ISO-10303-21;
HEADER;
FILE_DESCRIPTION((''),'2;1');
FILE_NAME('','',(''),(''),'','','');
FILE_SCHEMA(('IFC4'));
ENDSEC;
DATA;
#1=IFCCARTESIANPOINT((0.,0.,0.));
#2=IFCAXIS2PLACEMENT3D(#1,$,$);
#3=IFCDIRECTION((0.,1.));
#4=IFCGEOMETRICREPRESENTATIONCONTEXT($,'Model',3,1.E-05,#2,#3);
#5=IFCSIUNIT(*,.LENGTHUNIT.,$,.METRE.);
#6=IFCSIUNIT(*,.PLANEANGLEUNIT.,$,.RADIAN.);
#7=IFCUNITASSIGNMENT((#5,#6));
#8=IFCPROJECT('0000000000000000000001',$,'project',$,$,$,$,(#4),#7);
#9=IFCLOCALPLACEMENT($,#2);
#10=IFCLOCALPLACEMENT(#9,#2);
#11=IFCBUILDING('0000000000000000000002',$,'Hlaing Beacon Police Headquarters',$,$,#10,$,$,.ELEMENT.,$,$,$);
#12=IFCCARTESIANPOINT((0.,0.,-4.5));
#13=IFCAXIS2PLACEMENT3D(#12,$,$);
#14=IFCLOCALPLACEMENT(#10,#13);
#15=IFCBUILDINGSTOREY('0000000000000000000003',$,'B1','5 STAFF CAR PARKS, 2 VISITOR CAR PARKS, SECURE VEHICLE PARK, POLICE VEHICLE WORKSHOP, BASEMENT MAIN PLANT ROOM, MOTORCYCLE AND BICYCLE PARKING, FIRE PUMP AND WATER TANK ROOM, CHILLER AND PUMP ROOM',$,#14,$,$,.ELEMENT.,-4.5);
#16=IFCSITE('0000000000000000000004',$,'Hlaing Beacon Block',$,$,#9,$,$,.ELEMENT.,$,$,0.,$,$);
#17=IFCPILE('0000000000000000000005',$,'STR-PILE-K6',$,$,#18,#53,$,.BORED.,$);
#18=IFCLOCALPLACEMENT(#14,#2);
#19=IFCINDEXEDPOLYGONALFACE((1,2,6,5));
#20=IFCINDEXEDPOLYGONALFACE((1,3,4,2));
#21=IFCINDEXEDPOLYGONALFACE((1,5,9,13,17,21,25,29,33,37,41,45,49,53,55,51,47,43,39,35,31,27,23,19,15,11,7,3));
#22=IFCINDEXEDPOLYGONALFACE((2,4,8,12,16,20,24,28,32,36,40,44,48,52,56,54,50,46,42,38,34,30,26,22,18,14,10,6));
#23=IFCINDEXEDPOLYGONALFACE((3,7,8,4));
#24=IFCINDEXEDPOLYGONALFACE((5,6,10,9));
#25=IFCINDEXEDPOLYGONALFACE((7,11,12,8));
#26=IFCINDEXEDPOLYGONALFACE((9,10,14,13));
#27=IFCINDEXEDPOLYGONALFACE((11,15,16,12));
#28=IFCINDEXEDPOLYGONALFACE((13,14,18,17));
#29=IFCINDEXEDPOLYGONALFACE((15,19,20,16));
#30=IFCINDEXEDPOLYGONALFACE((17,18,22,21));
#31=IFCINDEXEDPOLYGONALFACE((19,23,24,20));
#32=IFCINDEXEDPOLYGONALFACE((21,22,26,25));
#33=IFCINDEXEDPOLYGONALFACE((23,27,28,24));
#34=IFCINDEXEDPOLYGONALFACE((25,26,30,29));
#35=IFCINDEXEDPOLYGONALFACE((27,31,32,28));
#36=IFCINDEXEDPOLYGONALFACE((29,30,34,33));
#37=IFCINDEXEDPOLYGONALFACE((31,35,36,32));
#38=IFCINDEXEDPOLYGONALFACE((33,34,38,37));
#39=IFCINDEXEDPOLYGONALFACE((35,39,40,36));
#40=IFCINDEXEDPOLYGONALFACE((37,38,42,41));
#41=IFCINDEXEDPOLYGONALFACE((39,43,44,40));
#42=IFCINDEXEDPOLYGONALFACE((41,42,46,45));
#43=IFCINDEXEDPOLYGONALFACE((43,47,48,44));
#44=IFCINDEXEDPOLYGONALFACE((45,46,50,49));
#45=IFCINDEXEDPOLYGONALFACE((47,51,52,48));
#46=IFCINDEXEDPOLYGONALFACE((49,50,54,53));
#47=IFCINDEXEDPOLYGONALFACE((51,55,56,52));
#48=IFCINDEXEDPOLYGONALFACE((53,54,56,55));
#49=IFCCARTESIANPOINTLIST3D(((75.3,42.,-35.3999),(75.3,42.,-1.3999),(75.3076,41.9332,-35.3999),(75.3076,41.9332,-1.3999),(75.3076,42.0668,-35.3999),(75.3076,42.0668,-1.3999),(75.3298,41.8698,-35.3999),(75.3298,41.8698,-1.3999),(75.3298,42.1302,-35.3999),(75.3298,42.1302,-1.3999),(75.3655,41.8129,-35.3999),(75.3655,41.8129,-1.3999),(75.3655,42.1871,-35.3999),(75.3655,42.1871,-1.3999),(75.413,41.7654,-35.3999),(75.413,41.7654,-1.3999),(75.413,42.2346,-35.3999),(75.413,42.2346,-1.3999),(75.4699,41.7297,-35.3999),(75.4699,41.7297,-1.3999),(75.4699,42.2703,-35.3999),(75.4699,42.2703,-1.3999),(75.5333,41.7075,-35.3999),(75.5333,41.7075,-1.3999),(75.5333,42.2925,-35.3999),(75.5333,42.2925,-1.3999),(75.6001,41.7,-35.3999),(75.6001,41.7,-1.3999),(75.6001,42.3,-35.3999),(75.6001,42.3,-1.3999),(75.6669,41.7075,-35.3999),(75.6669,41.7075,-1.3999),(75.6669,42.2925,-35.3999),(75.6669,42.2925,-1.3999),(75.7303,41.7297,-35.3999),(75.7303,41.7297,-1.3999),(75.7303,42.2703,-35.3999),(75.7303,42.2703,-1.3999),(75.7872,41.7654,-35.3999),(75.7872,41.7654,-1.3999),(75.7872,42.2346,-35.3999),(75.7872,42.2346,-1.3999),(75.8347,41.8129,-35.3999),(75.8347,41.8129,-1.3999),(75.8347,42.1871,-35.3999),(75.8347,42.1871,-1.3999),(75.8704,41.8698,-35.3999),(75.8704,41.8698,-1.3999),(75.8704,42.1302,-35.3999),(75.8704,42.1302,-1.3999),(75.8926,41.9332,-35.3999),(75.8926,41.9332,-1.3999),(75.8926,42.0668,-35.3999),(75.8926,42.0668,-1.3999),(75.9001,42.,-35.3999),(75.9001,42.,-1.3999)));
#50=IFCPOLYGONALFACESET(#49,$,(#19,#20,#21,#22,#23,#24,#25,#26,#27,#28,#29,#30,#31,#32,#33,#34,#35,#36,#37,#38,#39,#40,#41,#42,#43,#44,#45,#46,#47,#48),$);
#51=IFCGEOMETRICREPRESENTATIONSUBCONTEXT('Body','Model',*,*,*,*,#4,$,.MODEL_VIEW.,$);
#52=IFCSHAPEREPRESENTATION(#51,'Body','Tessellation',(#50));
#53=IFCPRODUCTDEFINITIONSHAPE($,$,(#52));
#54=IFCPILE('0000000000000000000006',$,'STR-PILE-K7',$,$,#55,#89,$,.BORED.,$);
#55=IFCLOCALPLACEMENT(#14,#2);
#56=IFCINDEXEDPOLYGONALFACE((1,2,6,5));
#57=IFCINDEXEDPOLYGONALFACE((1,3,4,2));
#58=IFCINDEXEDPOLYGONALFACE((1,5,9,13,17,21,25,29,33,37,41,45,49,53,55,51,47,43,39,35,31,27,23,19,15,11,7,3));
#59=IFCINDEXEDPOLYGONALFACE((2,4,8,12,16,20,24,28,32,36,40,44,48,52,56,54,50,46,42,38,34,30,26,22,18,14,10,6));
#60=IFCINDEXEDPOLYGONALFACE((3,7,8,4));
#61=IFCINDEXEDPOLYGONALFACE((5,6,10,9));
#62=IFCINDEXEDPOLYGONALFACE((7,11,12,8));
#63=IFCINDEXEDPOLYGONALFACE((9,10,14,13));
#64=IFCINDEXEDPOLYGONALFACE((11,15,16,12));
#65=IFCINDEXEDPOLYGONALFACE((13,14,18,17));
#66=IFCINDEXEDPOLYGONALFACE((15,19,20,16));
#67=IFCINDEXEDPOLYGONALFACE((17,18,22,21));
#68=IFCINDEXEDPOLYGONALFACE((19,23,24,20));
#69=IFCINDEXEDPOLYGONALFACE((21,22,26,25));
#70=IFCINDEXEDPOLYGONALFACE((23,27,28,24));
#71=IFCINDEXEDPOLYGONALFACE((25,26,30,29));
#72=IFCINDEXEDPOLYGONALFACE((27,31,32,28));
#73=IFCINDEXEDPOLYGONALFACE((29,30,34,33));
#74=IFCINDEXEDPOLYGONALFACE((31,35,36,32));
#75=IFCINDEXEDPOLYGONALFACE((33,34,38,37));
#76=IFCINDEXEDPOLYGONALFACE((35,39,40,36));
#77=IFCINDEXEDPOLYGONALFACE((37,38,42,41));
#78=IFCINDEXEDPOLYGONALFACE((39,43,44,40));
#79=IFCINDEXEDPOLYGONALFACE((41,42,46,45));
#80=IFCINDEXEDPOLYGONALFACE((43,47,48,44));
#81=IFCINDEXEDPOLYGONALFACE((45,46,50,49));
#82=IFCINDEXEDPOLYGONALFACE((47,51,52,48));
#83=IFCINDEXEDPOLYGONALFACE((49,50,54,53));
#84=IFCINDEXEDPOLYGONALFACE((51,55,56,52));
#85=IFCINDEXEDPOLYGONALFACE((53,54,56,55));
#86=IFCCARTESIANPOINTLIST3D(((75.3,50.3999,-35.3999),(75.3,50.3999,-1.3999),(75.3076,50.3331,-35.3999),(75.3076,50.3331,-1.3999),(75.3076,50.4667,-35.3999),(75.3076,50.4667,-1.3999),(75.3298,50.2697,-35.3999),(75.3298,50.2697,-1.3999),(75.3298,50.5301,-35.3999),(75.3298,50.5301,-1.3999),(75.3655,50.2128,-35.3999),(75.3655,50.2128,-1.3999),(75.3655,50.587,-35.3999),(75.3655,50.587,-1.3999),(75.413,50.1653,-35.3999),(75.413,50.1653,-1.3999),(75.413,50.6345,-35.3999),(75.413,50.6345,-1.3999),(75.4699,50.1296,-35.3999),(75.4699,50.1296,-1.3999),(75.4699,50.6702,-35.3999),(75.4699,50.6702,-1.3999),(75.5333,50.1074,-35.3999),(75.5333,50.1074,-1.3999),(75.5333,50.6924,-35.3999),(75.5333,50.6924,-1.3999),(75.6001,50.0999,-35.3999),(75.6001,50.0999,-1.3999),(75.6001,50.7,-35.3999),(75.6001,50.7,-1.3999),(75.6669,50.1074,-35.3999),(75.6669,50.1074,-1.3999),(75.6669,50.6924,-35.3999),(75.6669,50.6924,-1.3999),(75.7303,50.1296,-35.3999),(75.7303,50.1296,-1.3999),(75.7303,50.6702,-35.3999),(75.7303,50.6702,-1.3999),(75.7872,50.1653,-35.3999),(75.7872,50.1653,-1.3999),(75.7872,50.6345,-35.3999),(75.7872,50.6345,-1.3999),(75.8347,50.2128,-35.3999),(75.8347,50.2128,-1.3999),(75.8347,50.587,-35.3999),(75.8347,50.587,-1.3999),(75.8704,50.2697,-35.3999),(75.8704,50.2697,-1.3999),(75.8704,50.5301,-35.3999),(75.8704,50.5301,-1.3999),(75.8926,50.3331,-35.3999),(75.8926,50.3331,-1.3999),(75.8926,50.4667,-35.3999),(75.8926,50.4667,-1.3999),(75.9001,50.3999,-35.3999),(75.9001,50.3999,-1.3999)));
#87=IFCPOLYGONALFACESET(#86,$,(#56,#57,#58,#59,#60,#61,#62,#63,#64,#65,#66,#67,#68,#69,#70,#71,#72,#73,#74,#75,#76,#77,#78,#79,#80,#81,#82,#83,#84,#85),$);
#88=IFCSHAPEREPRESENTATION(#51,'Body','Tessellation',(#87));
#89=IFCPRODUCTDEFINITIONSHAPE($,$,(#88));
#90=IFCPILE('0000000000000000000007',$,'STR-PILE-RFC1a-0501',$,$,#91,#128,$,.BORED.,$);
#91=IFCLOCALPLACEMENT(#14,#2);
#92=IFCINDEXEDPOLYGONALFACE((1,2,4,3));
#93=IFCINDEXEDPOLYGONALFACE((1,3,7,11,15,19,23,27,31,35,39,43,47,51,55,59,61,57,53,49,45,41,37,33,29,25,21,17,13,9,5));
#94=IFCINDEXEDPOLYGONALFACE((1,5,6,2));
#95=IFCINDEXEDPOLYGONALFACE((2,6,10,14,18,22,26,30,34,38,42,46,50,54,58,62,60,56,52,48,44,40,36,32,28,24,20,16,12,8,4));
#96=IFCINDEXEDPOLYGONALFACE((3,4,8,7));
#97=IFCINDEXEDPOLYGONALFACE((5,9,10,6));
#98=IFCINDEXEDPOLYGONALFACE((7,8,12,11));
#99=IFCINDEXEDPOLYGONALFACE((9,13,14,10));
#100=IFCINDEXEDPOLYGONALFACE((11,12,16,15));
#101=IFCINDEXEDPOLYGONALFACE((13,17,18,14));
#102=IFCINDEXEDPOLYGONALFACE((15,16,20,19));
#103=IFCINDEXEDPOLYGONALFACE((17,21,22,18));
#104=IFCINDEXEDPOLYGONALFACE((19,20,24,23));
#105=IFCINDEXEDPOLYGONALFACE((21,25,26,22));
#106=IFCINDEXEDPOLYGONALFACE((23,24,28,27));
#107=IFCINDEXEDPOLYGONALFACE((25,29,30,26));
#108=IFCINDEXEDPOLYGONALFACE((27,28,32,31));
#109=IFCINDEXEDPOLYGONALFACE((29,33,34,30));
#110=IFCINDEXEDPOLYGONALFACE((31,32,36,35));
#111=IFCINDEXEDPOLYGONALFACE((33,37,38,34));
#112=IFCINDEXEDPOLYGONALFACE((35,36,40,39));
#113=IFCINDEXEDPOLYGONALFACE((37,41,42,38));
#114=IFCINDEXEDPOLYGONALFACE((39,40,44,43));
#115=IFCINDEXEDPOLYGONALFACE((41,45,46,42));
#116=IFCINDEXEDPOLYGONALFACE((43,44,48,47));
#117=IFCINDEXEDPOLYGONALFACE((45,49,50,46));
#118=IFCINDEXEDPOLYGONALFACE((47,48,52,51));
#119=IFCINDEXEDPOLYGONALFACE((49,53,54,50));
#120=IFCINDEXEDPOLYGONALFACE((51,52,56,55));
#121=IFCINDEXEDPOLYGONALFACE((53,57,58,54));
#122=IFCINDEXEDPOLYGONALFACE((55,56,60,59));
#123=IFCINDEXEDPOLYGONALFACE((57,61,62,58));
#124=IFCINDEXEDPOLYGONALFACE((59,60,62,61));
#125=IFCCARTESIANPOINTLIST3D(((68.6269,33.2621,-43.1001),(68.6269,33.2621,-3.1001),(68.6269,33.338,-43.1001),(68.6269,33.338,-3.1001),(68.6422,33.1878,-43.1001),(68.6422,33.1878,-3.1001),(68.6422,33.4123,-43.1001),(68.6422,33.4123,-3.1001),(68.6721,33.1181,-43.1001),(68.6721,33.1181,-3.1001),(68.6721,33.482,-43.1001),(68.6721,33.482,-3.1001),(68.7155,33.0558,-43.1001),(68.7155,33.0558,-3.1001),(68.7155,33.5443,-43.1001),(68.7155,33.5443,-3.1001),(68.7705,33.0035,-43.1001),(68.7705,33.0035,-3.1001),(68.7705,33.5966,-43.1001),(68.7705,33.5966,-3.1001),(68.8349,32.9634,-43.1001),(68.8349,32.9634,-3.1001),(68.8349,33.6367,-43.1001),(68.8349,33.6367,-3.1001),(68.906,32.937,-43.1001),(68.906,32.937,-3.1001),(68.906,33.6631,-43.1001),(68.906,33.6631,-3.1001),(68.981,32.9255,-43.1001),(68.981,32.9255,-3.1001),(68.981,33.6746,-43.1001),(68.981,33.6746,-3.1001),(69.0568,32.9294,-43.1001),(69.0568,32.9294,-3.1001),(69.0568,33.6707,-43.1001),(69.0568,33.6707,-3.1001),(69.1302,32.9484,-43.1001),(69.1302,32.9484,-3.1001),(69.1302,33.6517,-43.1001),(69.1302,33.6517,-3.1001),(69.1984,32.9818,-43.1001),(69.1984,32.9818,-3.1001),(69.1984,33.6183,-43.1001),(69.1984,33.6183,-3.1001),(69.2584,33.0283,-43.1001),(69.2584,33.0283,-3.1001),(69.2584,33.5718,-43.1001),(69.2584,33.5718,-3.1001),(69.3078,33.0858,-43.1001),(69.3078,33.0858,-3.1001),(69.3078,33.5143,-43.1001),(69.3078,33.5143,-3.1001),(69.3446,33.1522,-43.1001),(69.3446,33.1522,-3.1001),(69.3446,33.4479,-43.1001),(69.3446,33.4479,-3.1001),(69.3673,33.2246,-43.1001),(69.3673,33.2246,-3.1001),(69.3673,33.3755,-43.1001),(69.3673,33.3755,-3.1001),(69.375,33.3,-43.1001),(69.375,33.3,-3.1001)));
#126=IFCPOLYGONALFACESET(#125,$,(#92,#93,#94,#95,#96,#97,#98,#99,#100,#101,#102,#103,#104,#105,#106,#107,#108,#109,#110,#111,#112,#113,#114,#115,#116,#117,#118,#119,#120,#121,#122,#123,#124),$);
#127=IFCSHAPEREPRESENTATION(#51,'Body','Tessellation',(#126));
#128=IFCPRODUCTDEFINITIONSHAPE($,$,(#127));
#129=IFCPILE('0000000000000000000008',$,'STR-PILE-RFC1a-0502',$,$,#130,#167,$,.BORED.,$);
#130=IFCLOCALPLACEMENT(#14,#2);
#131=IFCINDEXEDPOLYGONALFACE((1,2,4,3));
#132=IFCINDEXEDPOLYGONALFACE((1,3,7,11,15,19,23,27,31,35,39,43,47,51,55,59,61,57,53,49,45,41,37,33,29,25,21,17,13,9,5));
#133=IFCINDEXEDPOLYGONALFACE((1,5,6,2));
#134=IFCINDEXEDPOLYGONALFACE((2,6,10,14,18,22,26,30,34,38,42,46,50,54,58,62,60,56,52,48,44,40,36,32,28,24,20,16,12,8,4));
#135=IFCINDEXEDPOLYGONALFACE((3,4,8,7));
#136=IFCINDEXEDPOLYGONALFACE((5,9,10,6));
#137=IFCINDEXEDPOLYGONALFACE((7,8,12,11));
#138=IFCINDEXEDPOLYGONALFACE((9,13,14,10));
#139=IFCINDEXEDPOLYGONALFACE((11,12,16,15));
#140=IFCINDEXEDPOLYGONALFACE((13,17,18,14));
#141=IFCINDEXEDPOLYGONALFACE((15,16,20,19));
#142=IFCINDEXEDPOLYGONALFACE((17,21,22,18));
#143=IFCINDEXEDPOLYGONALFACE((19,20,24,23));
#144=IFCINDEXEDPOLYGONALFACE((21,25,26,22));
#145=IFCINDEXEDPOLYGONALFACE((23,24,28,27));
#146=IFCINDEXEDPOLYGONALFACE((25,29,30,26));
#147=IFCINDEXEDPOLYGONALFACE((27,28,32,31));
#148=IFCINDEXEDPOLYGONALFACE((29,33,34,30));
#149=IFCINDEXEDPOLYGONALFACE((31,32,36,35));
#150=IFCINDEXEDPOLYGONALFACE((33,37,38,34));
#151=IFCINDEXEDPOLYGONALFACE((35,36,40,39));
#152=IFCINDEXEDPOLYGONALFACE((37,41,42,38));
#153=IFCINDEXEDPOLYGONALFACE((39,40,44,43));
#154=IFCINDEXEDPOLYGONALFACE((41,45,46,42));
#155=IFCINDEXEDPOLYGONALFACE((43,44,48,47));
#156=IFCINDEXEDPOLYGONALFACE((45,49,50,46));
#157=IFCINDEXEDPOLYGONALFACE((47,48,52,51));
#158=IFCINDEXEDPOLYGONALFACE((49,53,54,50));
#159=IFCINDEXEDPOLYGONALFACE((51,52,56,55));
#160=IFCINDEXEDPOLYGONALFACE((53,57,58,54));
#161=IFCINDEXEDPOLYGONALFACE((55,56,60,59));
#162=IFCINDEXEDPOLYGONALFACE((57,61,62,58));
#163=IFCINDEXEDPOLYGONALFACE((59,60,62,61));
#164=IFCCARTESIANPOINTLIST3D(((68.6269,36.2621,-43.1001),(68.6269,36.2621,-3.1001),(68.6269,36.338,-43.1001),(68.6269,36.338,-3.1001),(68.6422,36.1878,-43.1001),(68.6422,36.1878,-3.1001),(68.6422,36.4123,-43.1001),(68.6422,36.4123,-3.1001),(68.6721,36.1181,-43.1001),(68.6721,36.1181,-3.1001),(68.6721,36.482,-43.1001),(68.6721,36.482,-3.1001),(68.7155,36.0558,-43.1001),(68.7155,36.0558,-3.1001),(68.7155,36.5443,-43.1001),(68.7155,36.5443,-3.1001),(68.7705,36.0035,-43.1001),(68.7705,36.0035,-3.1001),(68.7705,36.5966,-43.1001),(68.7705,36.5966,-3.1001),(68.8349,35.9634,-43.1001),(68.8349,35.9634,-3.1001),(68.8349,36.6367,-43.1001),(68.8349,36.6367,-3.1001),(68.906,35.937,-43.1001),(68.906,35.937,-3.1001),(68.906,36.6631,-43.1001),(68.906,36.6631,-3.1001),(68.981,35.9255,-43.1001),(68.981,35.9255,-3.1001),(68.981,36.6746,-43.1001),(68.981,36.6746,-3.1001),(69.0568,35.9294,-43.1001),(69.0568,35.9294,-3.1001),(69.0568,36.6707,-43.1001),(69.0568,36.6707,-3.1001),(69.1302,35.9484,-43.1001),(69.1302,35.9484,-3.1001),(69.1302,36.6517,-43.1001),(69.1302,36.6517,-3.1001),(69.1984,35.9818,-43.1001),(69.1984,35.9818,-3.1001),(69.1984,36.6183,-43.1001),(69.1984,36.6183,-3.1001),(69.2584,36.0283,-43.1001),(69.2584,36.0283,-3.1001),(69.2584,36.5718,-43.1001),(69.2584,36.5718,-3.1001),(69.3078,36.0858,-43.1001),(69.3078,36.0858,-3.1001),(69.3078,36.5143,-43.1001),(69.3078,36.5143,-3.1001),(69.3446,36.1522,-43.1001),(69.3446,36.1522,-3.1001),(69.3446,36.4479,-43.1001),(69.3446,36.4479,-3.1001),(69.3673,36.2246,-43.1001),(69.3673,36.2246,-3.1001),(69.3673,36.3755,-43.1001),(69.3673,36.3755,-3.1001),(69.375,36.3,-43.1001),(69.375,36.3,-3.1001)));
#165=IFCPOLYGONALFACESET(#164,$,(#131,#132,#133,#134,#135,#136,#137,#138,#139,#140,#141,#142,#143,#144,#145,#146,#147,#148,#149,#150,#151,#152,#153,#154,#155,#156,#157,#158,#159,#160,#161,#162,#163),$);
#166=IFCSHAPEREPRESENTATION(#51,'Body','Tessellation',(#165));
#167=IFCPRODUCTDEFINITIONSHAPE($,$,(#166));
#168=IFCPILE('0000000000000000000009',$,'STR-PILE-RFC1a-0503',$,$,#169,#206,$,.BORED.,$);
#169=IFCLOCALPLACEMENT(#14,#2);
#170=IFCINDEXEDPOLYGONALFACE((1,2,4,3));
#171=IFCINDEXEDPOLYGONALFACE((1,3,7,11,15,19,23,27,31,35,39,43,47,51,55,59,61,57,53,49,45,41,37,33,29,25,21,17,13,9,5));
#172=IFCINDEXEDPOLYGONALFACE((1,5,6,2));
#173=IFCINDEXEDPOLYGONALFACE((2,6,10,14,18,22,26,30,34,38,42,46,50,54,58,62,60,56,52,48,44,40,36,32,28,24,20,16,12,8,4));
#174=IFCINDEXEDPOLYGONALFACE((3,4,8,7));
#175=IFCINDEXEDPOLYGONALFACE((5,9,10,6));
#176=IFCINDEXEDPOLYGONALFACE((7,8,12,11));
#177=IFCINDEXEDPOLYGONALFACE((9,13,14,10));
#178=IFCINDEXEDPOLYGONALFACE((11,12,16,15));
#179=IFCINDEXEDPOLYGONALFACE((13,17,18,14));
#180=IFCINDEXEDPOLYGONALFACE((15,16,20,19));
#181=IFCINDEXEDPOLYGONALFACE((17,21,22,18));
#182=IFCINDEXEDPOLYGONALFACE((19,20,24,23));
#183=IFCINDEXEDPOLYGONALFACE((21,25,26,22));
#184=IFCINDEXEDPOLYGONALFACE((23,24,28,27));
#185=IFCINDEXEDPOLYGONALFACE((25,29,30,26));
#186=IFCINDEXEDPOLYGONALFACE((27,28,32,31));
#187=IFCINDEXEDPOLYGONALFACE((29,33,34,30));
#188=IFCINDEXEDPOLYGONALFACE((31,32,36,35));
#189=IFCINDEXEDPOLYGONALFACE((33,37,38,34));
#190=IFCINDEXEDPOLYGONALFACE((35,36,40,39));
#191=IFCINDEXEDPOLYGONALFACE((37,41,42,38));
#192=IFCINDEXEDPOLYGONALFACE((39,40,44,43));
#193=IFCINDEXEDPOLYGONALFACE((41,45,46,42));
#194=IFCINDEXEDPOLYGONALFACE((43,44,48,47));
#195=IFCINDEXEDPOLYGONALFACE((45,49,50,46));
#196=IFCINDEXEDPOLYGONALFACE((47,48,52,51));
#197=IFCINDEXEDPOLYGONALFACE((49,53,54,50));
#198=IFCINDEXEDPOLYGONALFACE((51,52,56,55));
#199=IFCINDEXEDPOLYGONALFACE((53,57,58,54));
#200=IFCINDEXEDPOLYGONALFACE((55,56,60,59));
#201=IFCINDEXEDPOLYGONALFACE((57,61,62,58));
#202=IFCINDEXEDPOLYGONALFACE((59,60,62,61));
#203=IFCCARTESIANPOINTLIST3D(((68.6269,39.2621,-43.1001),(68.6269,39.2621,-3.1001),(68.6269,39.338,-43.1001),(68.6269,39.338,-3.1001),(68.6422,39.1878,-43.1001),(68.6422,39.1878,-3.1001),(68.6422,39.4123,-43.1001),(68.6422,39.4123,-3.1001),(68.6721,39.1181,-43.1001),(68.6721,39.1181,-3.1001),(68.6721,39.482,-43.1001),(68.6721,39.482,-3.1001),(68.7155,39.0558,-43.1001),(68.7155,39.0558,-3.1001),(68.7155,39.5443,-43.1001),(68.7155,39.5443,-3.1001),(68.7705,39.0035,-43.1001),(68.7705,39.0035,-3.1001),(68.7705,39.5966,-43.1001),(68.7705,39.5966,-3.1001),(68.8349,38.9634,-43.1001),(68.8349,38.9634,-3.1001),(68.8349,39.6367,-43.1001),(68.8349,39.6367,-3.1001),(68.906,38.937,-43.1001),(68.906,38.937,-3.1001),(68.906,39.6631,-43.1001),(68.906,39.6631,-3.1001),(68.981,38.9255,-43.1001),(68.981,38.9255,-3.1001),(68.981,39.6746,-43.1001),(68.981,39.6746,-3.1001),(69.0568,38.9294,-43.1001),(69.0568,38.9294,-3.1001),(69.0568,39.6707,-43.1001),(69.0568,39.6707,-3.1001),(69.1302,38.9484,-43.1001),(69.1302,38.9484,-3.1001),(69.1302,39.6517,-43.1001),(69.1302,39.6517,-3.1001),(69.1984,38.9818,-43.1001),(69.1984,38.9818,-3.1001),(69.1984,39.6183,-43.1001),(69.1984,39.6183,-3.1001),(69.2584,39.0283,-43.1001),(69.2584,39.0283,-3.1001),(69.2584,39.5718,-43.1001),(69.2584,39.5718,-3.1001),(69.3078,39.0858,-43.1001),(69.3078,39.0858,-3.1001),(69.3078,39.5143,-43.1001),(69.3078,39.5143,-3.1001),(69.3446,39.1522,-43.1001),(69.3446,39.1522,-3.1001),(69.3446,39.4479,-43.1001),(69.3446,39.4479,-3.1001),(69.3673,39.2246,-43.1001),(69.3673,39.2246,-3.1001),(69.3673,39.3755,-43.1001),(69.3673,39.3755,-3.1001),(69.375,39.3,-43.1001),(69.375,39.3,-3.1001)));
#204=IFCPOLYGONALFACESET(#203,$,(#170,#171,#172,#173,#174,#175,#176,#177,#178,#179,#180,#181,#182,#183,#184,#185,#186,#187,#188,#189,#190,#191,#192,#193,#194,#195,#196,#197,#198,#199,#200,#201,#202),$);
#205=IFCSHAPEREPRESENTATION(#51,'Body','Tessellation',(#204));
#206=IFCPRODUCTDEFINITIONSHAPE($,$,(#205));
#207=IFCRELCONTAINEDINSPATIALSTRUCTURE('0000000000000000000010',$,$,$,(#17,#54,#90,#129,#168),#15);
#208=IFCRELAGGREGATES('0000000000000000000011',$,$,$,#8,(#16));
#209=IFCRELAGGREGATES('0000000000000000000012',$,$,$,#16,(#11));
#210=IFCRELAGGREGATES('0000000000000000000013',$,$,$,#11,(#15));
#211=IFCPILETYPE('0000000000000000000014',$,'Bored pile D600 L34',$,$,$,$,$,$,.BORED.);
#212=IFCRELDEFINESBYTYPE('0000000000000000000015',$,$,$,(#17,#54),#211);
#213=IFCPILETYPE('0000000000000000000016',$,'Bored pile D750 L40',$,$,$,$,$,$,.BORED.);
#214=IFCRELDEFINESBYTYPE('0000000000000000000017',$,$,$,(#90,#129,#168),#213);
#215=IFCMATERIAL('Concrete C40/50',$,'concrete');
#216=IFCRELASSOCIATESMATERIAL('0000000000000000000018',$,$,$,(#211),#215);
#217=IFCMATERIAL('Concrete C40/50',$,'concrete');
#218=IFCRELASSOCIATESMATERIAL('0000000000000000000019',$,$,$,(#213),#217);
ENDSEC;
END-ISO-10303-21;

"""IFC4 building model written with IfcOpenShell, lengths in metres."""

from ifc_helpers import new_model, si_unit, direction, frame, origin, origin_2d, place, context, subcontext, project, spatial, circle, extrude, material, material_profile, profile_set, type_object, element, save


model = new_model("IFC4")

# Units and contexts
model_context = context("Model", 3, precision=1e-05, world=origin(), true_north=direction((0.0, 1.0)))
body_context = subcontext(model_context, "Body", "Model", "MODEL_VIEW")
ifc_project = project(units=[si_unit("LENGTHUNIT", "METRE"), si_unit("PLANEANGLEUNIT", "RADIAN")], contexts=[model_context])

# Site, building, storey
site_placement = place(None, origin())
site = spatial("IfcSite", under=ifc_project, at=site_placement, Name="Hlaing Beacon Block", CompositionType="ELEMENT", RefElevation=0.0)
building_placement = place(site_placement, origin())
building = spatial("IfcBuilding", under=site, at=building_placement, Name="Hlaing Beacon Police Headquarters", CompositionType="ELEMENT")
storey_placement = place(building_placement, frame((0.0, 0.0, -4.5)))
storey = spatial("IfcBuildingStorey", under=building, at=storey_placement, Name="B1", Description="5 STAFF CAR PARKS, 2 VISITOR CAR PARKS, SECURE VEHICLE PARK, POLICE VEHICLE WORKSHOP, BASEMENT MAIN PLANT ROOM, MOTORCYCLE AND BICYCLE PARKING, FIRE PUMP AND WATER TANK ROOM, CHILLER AND PUMP ROOM", CompositionType="ELEMENT", Elevation=-4.5)

# Piles
ifc_material_1 = material(Name="Concrete C40/50", Category="concrete")
ifc_material_profile_1 = material_profile(ifc_material_1, circle(Radius=0.3, at=origin_2d()), Name="D600")
ifc_profile_set_1 = profile_set([ifc_material_profile_1], Name="Concrete C40/50")
pile_type_1 = type_object("IfcPileType", Name="Bored pile D600 L34", PredefinedType="BORED", material=ifc_profile_set_1)
for number, where, z_axis, x_axis, name in (
    (1, (75.6001, 42.0, -1.3999), (0.0, 0.0, -1.0), (1.0, 0.0, 0.0), "STR-PILE-K6"),
    (2, (75.6001, 50.3999, -1.3999), (0.0, 0.0, -1.0), (1.0, 0.0, 0.0), "STR-PILE-K7"),
):
    element("IfcPile", number, at=place(storey_placement, frame(where, z_axis=z_axis, x_axis=x_axis)), inside=storey, type_object=pile_type_1, Name=name, PredefinedType="BORED", context=body_context, shape_type="SweptSolid", body=[
        extrude(circle(Radius=0.3, at=origin_2d()), origin(), (0.0, 0.0, 1.0), 34.0),
    ])
ifc_material_2 = material(Name="Concrete C40/50", Category="concrete")
ifc_material_profile_2 = material_profile(ifc_material_2, circle(Radius=0.375, at=origin_2d()), Name="D750")
ifc_profile_set_2 = profile_set([ifc_material_profile_2], Name="Concrete C40/50")
pile_type_2 = type_object("IfcPileType", Name="Bored pile D750 L40", PredefinedType="BORED", material=ifc_profile_set_2)
for number, where, z_axis, x_axis, name in (
    (3, (69.0, 33.3, -3.1001), (0.0, 0.0, -1.0), (1.0, 0.0, 0.0), "STR-PILE-RFC1a-0501"),
    (4, (69.0, 36.3, -3.1001), (0.0, 0.0, -1.0), (1.0, 0.0, 0.0), "STR-PILE-RFC1a-0502"),
    (5, (69.0, 39.3, -3.1001), (0.0, 0.0, -1.0), (1.0, 0.0, 0.0), "STR-PILE-RFC1a-0503"),
):
    element("IfcPile", number, at=place(storey_placement, frame(where, z_axis=z_axis, x_axis=x_axis)), inside=storey, type_object=pile_type_2, Name=name, PredefinedType="BORED", context=body_context, shape_type="SweptSolid", body=[
        extrude(circle(Radius=0.375, at=origin_2d()), origin(), (0.0, 0.0, 1.0), 40.0),
    ])

save(model, "model.ifc")
